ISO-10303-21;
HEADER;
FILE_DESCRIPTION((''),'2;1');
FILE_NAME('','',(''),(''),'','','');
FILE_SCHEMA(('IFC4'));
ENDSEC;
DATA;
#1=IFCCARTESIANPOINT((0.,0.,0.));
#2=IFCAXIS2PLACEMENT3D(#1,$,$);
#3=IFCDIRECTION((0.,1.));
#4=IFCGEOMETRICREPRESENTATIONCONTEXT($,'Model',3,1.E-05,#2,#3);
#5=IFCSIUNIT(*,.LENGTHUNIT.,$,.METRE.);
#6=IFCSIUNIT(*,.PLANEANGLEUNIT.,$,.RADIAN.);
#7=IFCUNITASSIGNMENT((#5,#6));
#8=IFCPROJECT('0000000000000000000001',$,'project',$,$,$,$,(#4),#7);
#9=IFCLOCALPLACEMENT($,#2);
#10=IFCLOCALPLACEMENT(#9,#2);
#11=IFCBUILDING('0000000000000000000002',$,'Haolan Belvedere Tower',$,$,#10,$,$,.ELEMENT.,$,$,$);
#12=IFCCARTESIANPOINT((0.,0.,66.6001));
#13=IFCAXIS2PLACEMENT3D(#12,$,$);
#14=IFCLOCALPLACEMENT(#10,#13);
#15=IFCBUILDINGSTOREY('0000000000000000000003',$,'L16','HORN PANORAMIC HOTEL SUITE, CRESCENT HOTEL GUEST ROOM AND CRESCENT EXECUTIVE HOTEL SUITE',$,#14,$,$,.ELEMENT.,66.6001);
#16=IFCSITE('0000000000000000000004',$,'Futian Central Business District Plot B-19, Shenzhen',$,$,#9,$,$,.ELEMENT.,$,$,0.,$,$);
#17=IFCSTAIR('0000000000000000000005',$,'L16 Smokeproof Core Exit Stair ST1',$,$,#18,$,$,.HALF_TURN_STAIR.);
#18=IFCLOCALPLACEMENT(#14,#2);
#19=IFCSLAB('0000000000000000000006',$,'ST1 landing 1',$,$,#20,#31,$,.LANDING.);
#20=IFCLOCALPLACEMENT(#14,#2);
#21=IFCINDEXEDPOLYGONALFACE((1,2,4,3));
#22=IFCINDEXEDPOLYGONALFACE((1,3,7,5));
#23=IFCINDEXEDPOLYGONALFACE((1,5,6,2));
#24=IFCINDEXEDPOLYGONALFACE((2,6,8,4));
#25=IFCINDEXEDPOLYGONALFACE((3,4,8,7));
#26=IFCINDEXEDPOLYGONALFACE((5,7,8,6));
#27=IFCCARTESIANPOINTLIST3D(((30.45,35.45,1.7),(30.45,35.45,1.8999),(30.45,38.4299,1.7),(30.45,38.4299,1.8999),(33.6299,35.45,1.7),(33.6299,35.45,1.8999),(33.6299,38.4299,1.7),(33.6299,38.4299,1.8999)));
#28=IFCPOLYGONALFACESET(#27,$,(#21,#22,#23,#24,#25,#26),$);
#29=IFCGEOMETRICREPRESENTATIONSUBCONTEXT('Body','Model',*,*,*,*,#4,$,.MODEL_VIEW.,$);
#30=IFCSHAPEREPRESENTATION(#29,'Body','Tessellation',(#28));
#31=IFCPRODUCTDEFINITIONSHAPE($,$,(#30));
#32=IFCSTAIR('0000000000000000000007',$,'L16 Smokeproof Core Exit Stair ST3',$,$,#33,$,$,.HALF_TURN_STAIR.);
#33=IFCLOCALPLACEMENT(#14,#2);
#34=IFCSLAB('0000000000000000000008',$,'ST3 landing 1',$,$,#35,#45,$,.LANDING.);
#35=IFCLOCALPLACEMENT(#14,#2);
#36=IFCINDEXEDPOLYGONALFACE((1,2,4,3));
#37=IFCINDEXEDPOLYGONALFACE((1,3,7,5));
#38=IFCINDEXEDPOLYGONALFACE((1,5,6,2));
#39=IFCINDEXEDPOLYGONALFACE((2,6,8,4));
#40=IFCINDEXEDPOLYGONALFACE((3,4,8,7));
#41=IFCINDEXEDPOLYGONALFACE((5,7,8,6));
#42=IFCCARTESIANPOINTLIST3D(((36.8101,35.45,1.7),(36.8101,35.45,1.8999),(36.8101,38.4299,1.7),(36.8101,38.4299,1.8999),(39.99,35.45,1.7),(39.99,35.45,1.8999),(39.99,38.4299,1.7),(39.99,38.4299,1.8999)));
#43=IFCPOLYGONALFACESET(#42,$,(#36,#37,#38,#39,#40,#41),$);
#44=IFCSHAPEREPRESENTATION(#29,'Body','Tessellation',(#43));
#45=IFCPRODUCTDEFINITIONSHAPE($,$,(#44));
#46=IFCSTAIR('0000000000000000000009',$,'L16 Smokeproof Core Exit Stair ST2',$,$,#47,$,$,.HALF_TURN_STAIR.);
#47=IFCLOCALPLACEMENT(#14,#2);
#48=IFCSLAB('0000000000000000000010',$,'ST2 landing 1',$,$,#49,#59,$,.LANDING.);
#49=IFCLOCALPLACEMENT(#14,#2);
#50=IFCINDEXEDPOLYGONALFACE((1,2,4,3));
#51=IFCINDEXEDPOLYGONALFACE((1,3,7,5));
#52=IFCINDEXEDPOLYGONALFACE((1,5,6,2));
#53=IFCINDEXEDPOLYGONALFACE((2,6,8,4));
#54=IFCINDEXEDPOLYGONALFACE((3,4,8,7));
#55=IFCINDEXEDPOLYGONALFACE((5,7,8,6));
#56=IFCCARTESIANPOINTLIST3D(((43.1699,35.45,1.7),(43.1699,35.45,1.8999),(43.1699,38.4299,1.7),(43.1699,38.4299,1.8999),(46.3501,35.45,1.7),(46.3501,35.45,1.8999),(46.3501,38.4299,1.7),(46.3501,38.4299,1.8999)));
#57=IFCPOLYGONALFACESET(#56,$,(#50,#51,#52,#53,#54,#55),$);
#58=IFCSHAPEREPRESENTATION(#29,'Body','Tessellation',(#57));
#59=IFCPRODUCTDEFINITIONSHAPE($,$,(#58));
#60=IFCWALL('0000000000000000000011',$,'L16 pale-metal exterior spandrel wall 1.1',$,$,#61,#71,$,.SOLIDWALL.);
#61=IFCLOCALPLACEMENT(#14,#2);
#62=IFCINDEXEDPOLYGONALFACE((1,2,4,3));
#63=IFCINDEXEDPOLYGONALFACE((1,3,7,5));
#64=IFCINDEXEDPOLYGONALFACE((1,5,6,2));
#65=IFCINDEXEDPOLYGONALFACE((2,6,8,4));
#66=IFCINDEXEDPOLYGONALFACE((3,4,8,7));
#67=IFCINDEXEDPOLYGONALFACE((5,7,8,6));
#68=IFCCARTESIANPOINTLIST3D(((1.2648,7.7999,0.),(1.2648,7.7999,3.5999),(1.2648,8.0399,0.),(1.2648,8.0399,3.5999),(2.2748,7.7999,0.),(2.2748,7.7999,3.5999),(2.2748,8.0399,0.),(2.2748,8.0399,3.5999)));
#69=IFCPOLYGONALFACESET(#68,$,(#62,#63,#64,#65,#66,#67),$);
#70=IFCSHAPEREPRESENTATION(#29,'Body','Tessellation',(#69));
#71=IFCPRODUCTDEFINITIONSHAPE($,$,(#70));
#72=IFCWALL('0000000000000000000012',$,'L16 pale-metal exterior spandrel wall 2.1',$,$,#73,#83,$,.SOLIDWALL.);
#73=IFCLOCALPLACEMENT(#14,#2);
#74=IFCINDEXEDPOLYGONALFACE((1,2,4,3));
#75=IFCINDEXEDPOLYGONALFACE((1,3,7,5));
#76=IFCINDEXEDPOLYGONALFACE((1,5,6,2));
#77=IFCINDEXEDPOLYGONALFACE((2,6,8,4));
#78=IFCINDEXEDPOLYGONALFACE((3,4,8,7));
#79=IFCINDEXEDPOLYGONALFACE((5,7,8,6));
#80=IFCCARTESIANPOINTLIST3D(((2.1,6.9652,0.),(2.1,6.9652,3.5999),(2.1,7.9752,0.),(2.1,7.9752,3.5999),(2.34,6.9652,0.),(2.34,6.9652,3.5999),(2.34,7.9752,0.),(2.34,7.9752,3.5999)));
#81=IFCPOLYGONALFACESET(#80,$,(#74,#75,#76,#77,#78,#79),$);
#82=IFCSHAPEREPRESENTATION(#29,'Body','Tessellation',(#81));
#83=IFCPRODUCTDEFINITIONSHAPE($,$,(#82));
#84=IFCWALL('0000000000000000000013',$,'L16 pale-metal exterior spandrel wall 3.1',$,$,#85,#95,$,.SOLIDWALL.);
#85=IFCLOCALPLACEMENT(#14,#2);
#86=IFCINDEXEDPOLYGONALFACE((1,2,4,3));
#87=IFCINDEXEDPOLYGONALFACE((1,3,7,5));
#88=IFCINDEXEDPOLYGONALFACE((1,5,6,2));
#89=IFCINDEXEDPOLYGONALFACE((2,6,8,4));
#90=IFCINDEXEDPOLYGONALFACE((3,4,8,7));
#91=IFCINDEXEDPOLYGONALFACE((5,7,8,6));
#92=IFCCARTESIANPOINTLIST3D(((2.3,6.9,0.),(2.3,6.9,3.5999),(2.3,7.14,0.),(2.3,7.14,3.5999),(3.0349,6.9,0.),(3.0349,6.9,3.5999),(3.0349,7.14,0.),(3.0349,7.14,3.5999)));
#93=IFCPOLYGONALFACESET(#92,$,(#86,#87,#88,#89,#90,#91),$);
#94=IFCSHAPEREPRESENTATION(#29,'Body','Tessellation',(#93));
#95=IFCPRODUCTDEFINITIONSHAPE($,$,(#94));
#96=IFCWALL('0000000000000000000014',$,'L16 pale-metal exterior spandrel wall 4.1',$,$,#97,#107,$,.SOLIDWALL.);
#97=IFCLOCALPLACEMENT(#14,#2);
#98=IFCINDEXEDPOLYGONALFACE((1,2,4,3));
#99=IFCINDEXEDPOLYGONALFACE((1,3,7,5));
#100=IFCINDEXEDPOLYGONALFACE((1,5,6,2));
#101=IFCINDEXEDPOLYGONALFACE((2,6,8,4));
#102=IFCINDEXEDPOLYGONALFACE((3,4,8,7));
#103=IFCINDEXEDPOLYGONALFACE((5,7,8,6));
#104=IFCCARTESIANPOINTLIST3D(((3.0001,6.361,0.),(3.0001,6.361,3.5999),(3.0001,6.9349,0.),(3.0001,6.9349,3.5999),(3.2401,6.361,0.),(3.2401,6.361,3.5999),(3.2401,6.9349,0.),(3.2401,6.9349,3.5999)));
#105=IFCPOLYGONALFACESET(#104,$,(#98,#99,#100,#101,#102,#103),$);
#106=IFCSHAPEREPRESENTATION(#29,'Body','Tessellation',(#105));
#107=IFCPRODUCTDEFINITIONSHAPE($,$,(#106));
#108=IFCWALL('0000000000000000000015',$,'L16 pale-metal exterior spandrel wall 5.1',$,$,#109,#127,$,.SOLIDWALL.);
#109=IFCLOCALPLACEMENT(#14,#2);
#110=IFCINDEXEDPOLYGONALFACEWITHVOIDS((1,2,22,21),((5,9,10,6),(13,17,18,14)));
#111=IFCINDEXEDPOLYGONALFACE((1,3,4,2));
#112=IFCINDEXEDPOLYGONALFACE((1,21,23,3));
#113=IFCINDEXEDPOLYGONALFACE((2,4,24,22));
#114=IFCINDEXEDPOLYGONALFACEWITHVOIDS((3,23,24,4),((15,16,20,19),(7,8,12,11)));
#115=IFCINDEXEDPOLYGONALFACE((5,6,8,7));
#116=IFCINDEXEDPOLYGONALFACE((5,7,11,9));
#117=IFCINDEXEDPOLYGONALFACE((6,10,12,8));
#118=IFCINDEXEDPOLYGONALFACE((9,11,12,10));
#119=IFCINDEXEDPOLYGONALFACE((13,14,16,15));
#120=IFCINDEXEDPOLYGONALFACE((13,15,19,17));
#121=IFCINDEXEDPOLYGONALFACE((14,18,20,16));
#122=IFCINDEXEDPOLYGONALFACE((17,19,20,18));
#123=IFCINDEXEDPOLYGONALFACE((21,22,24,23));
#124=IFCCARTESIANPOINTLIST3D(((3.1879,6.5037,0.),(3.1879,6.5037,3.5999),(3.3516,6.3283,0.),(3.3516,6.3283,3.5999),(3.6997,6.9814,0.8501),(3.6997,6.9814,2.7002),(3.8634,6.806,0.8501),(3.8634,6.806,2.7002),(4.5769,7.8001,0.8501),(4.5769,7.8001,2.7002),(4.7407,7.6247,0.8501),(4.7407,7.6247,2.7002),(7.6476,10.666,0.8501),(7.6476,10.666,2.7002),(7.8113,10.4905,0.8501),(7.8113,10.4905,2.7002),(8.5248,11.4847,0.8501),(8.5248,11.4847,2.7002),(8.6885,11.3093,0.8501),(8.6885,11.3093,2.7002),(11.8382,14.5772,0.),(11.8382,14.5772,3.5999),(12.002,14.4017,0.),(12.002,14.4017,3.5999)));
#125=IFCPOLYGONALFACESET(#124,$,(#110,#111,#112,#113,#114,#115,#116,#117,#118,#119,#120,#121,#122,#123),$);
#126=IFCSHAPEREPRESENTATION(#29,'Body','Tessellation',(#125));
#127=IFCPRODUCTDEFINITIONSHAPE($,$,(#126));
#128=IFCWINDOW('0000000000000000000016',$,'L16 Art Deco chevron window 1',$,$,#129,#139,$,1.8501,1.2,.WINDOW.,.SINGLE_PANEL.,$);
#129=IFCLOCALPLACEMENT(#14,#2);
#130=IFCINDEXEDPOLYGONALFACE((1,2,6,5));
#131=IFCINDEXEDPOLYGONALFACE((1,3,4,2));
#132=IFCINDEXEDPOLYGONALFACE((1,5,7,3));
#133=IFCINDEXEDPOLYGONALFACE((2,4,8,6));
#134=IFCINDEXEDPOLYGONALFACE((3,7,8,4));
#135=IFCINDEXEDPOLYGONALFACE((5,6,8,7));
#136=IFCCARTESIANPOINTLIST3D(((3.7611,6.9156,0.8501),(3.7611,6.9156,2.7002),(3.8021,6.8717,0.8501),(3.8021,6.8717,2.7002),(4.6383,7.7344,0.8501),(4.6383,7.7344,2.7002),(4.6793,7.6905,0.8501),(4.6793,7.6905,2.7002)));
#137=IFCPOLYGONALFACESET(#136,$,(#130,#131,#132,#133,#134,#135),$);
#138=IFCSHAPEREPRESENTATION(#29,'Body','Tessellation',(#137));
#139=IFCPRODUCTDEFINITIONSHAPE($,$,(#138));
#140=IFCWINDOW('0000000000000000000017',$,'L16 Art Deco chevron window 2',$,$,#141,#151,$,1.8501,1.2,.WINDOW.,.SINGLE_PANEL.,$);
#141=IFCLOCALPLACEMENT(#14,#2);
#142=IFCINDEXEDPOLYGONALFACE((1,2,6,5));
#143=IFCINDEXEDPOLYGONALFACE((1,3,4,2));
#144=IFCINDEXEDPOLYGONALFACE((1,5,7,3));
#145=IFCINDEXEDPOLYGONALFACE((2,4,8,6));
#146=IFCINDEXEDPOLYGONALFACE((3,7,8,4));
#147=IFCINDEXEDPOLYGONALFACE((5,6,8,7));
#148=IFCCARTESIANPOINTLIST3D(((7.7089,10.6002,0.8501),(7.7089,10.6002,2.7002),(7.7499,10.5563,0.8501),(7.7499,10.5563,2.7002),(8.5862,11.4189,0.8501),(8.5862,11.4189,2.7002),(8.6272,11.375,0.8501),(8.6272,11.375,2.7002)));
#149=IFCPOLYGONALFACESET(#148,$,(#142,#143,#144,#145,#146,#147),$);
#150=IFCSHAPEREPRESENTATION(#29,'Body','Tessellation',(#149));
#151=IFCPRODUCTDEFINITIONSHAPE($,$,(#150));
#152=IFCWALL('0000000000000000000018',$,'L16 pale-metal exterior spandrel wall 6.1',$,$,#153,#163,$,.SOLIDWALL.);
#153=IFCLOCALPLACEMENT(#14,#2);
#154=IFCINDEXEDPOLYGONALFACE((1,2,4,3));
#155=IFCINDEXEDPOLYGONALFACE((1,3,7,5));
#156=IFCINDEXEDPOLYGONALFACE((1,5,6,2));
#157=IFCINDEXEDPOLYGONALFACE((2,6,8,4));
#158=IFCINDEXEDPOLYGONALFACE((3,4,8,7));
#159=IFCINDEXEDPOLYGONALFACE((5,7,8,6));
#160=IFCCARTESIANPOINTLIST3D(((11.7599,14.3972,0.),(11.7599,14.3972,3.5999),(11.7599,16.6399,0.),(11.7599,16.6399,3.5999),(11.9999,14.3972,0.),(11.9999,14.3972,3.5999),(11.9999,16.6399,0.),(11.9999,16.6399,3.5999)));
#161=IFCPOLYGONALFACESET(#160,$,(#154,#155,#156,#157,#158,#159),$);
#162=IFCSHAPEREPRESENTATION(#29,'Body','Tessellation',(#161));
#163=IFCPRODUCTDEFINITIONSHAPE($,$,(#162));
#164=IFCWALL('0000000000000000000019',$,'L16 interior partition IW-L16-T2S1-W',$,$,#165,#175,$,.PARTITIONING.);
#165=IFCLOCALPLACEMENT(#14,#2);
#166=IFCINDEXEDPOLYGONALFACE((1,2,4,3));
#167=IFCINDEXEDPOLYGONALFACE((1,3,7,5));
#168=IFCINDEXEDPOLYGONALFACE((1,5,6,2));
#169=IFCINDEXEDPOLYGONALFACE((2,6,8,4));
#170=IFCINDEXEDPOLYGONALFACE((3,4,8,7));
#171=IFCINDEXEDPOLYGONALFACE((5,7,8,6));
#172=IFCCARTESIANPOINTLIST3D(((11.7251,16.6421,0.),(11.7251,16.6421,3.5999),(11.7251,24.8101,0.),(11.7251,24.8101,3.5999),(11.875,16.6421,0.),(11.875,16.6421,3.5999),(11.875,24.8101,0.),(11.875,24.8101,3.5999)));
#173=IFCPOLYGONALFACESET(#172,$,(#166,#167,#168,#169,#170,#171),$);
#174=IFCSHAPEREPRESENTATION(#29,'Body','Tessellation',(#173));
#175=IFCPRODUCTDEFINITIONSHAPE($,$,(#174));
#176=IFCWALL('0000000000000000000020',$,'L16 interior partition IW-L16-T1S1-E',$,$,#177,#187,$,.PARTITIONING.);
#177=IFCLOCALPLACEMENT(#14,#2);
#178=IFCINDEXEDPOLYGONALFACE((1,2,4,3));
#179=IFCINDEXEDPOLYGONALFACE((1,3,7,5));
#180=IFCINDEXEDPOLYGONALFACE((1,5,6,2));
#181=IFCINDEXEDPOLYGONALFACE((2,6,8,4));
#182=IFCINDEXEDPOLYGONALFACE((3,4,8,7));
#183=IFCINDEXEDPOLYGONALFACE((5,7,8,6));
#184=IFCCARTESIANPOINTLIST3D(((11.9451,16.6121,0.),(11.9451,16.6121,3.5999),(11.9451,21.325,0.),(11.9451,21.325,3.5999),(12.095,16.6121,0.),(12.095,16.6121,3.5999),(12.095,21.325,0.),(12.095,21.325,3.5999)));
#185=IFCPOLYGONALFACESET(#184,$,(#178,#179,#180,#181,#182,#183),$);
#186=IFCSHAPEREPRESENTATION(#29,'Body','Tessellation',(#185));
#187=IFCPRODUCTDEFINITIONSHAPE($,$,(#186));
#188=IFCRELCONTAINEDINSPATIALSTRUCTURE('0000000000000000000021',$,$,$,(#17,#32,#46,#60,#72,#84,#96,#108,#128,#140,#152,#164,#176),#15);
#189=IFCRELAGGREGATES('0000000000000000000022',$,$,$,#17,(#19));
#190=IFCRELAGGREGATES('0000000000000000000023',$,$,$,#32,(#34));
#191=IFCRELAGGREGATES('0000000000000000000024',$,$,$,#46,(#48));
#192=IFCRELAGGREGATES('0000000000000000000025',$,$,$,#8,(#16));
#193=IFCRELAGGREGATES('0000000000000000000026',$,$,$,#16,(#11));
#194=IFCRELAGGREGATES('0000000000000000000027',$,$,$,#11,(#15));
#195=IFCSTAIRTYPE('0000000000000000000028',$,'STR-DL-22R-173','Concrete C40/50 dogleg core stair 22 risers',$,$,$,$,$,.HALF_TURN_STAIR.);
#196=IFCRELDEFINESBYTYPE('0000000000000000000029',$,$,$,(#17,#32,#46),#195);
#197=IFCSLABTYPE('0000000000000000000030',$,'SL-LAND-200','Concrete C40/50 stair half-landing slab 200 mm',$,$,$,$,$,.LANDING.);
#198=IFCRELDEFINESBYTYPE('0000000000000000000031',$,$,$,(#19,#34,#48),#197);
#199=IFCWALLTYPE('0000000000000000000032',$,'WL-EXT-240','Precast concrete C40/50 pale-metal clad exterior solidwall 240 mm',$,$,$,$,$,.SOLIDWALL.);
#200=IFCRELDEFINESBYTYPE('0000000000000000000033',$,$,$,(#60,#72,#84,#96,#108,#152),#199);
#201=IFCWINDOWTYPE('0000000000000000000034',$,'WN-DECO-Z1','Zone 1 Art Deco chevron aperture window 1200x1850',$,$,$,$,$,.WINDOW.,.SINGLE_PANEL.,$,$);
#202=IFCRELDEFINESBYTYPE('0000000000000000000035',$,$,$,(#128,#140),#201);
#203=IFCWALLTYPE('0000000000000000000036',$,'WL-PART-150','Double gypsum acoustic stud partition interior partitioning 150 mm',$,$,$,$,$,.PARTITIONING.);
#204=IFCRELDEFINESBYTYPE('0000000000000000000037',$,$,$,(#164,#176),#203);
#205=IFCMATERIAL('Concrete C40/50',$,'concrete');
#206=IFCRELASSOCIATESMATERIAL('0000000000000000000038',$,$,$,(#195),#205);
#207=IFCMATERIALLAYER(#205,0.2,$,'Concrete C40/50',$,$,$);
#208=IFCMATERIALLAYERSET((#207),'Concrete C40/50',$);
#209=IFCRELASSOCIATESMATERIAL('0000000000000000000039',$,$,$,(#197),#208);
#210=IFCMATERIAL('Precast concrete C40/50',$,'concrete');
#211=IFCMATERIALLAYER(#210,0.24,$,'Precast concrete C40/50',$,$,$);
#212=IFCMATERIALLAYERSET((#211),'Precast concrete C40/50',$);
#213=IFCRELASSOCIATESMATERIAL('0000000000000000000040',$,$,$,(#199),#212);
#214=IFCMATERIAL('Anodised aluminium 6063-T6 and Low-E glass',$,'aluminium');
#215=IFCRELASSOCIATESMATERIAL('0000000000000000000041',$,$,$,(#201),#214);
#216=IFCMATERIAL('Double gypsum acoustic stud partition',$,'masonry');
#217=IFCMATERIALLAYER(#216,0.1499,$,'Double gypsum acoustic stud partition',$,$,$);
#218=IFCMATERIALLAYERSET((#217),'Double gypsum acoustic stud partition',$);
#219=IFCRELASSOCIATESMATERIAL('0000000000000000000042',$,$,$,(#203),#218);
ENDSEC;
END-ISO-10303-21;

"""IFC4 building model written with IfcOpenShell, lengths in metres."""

from ifc_helpers import new_model, si_unit, direction, frame, frame_2d, origin, place, context, subcontext, project, spatial, polyline, rectangle, outline, extrude, material, layer, layer_set, type_object, element, fill, aggregate, save


model = new_model("IFC4")

# Units and contexts
model_context = context("Model", 3, precision=1e-05, world=origin(), true_north=direction((0.0, 1.0)))
body_context = subcontext(model_context, "Body", "Model", "MODEL_VIEW")
ifc_project = project(units=[si_unit("LENGTHUNIT", "METRE"), si_unit("PLANEANGLEUNIT", "RADIAN")], contexts=[model_context])

# Site, building, storey
site_placement = place(None, origin())
site = spatial("IfcSite", under=ifc_project, at=site_placement, Name="Futian Central Business District Plot B-19, Shenzhen", CompositionType="ELEMENT", RefElevation=0.0)
building_placement = place(site_placement, origin())
building = spatial("IfcBuilding", under=site, at=building_placement, Name="Haolan Belvedere Tower", CompositionType="ELEMENT")
storey_placement = place(building_placement, frame((0.0, 0.0, 66.6001)))
storey = spatial("IfcBuildingStorey", under=building, at=storey_placement, Name="L16", Description="HORN PANORAMIC HOTEL SUITE, CRESCENT HOTEL GUEST ROOM AND CRESCENT EXECUTIVE HOTEL SUITE", CompositionType="ELEMENT", Elevation=66.6001)

# Shared definitions
ifc_material_1 = material(Name="Concrete C40/50", Category="concrete")

# Stairs, slabs
stair_type = type_object("IfcStairType", Name="STR-DL-22R-173", Description="Concrete C40/50 dogleg core stair 22 risers", PredefinedType="HALF_TURN_STAIR", material=ifc_material_1)
stair_1_placement = place(storey_placement, origin())
stair_1 = element("IfcStair", 1, at=stair_1_placement, inside=storey, type_object=stair_type, Name="L16 Smokeproof Core Exit Stair ST1", PredefinedType="HALF_TURN_STAIR")
ifc_layer_1 = layer(ifc_material_1, 0.2, Name="Concrete C40/50")
ifc_layer_set_1 = layer_set([ifc_layer_1], Name="Concrete C40/50")
slab_type_1 = type_object("IfcSlabType", Name="SL-LAND-200", Description="Concrete C40/50 stair half-landing slab 200 mm", PredefinedType="LANDING", material=ifc_layer_set_1)
slab_1_placement = place(storey_placement, frame((0.0, 0.0, 1.7)))
slab_1 = element("IfcSlab", 2, at=slab_1_placement, type_object=slab_type_1, Name="ST1 landing 1", PredefinedType="LANDING", context=body_context, shape_type="SweptSolid", body=[
    extrude(outline(polyline([(30.45, 38.4299), (30.45, 35.45), (33.6299, 35.45), (33.6299, 38.4299), (30.45, 38.4299)])), origin(), (0.0, 0.0, 1.0), 0.2),
])
aggregate(stair_1, [slab_1])
stair_2_placement = place(storey_placement, origin())
stair_2 = element("IfcStair", 3, at=stair_2_placement, inside=storey, type_object=stair_type, Name="L16 Smokeproof Core Exit Stair ST3", PredefinedType="HALF_TURN_STAIR")
slab_2_placement = place(storey_placement, frame((0.0, 0.0, 1.7)))
slab_2 = element("IfcSlab", 4, at=slab_2_placement, type_object=slab_type_1, Name="ST3 landing 1", PredefinedType="LANDING", context=body_context, shape_type="SweptSolid", body=[
    extrude(outline(polyline([(36.8101, 38.4299), (36.8101, 35.45), (39.99, 35.45), (39.99, 38.4299), (36.8101, 38.4299)])), origin(), (0.0, 0.0, 1.0), 0.2),
])
aggregate(stair_2, [slab_2])
stair_3_placement = place(storey_placement, origin())
stair_3 = element("IfcStair", 5, at=stair_3_placement, inside=storey, type_object=stair_type, Name="L16 Smokeproof Core Exit Stair ST2", PredefinedType="HALF_TURN_STAIR")
slab_3_placement = place(storey_placement, frame((0.0, 0.0, 1.7)))
slab_3 = element("IfcSlab", 6, at=slab_3_placement, type_object=slab_type_1, Name="ST2 landing 1", PredefinedType="LANDING", context=body_context, shape_type="SweptSolid", body=[
    extrude(outline(polyline([(43.1699, 38.4299), (43.1699, 35.45), (46.3501, 35.45), (46.3501, 38.4299), (43.1699, 38.4299)])), origin(), (0.0, 0.0, 1.0), 0.2),
])
aggregate(stair_3, [slab_3])

# Walls
ifc_material_2 = material(Name="Precast concrete C40/50", Category="concrete")
ifc_layer_2 = layer(ifc_material_2, 0.24, Name="Precast concrete C40/50")
ifc_layer_set_2 = layer_set([ifc_layer_2], Name="Precast concrete C40/50")
wall_type_1 = type_object("IfcWallType", Name="WL-EXT-240", Description="Precast concrete C40/50 pale-metal clad exterior solidwall 240 mm", PredefinedType="SOLIDWALL", material=ifc_layer_set_2)
for number, where, z_axis, x_axis, name in (
    (7, (1.2649, 7.9199, 0.0), (0.0, 0.0, 1.0), (1.0, 0.0, 0.0), "L16 pale-metal exterior spandrel wall 1.1"),
    (8, (2.22, 7.9751, 0.0), (0.0, 0.0, 1.0), (0.0, -1.0, 0.0), "L16 pale-metal exterior spandrel wall 2.1"),
):
    element("IfcWall", number, at=place(storey_placement, frame(where, z_axis=z_axis, x_axis=x_axis)), inside=storey, type_object=wall_type_1, Name=name, PredefinedType="SOLIDWALL", context=body_context, shape_type="SweptSolid", body=[
        extrude(rectangle(XDim=1.01, YDim=0.24, at=frame_2d((0.5049, 0.0))), origin(), (0.0, 0.0, 1.0), 3.5999),
    ])
wall_1_placement = place(storey_placement, frame((2.3, 7.02, 0.0), z_axis=(0.0, 0.0, 1.0), x_axis=(1.0, 0.0, 0.0)))
element("IfcWall", 9, at=wall_1_placement, inside=storey, type_object=wall_type_1, Name="L16 pale-metal exterior spandrel wall 3.1", PredefinedType="SOLIDWALL", context=body_context, shape_type="SweptSolid", body=[
    extrude(rectangle(XDim=0.7349, YDim=0.24, at=frame_2d((0.3674, 0.0))), origin(), (0.0, 0.0, 1.0), 3.5999),
])
wall_2_placement = place(storey_placement, frame((3.1201, 6.9351, 0.0), z_axis=(0.0, 0.0, 1.0), x_axis=(0.0, -1.0, 0.0)))
element("IfcWall", 10, at=wall_2_placement, inside=storey, type_object=wall_type_1, Name="L16 pale-metal exterior spandrel wall 4.1", PredefinedType="SOLIDWALL", context=body_context, shape_type="SweptSolid", body=[
    extrude(rectangle(XDim=0.574, YDim=0.24, at=frame_2d((0.2871, 0.0))), origin(), (0.0, 0.0, 1.0), 3.5999),
])

# Wall, openings, windows
wall_3_placement = place(storey_placement, frame((3.2698, 6.416, 0.0), z_axis=(0.0, 0.0, 1.0), x_axis=(0.731064, 0.682309, 0.0)))
wall_3 = element("IfcWall", 11, at=wall_3_placement, inside=storey, type_object=wall_type_1, Name="L16 pale-metal exterior spandrel wall 5.1", PredefinedType="SOLIDWALL", context=body_context, shape_type="SweptSolid", body=[
    extrude(rectangle(XDim=11.8325, YDim=0.24, at=frame_2d((5.9163, 0.0))), origin(), (0.0, 0.0, 1.0), 3.5999),
])
opening_1_placement = place(wall_3_placement, frame((0.7, 0.0, 0.8501)))
opening_1 = element("IfcOpeningElement", 12, at=opening_1_placement, cuts=wall_3, PredefinedType="OPENING", context=body_context, shape_type="SweptSolid", body=[
    extrude(rectangle(XDim=1.2, YDim=1.8501, at=frame_2d((0.6001, 0.925))), frame((0.0, 0.1299, 0.0), z_axis=(0.0, -1.0, 0.0), x_axis=(1.0, 0.0, 0.0)), (0.0, 0.0, 1.0), 0.26),
])
opening_2_placement = place(wall_3_placement, frame((6.1001, 0.0, 0.8501)))
opening_2 = element("IfcOpeningElement", 13, at=opening_2_placement, cuts=wall_3, PredefinedType="OPENING", context=body_context, shape_type="SweptSolid", body=[
    extrude(rectangle(XDim=1.2, YDim=1.8501, at=frame_2d((0.6001, 0.925))), frame((0.0, 0.1299, 0.0), z_axis=(0.0, -1.0, 0.0), x_axis=(1.0, 0.0, 0.0)), (0.0, 0.0, 1.0), 0.26),
])
ifc_material_3 = material(Name="Anodised aluminium 6063-T6 and Low-E glass", Category="aluminium")
window_type = type_object("IfcWindowType", Name="WN-DECO-Z1", Description="Zone 1 Art Deco chevron aperture window 1200x1850", PartitioningType="SINGLE_PANEL", PredefinedType="WINDOW", material=ifc_material_3)
window_1_placement = place(opening_1_placement, origin())
window_1 = element("IfcWindow", 14, at=window_1_placement, inside=storey, type_object=window_type, Name="L16 Art Deco chevron window 1", OverallHeight=1.8501, OverallWidth=1.2, PartitioningType="SINGLE_PANEL", PredefinedType="WINDOW", context=body_context, shape_type="SweptSolid", body=[
    extrude(rectangle(XDim=1.2, YDim=1.8501, at=frame_2d((0.6001, 0.925))), frame((0.0, 0.03, 0.0), z_axis=(0.0, -1.0, 0.0), x_axis=(1.0, 0.0, 0.0)), (0.0, 0.0, 1.0), 0.0601),
])
fill(opening_1, window_1)
window_2_placement = place(opening_2_placement, origin())
window_2 = element("IfcWindow", 15, at=window_2_placement, inside=storey, type_object=window_type, Name="L16 Art Deco chevron window 2", OverallHeight=1.8501, OverallWidth=1.2, PartitioningType="SINGLE_PANEL", PredefinedType="WINDOW", context=body_context, shape_type="SweptSolid", body=[
    extrude(rectangle(XDim=1.2, YDim=1.8501, at=frame_2d((0.6001, 0.925))), frame((0.0, 0.03, 0.0), z_axis=(0.0, -1.0, 0.0), x_axis=(1.0, 0.0, 0.0)), (0.0, 0.0, 1.0), 0.0601),
])
fill(opening_2, window_2)

# Walls
wall_4_placement = place(storey_placement, frame((11.8799, 14.3972, 0.0), z_axis=(0.0, 0.0, 1.0), x_axis=(0.0, 1.0, 0.0)))
element("IfcWall", 16, at=wall_4_placement, inside=storey, type_object=wall_type_1, Name="L16 pale-metal exterior spandrel wall 6.1", PredefinedType="SOLIDWALL", context=body_context, shape_type="SweptSolid", body=[
    extrude(rectangle(XDim=2.2427, YDim=0.24, at=frame_2d((1.1213, 0.0))), origin(), (0.0, 0.0, 1.0), 3.5999),
])
ifc_material_4 = material(Name="Double gypsum acoustic stud partition", Category="masonry")
ifc_layer_3 = layer(ifc_material_4, 0.1499, Name="Double gypsum acoustic stud partition")
ifc_layer_set_3 = layer_set([ifc_layer_3], Name="Double gypsum acoustic stud partition")
wall_type_2 = type_object("IfcWallType", Name="WL-PART-150", Description="Double gypsum acoustic stud partition interior partitioning 150 mm", PredefinedType="PARTITIONING", material=ifc_layer_set_3)
wall_5_placement = place(storey_placement, frame((11.8, 16.6421, 0.0), z_axis=(0.0, 0.0, 1.0), x_axis=(0.0, 1.0, 0.0)))
element("IfcWall", 17, at=wall_5_placement, inside=storey, type_object=wall_type_2, Name="L16 interior partition IW-L16-T2S1-W", PredefinedType="PARTITIONING", context=body_context, shape_type="SweptSolid", body=[
    extrude(rectangle(XDim=8.168, YDim=0.1499, at=frame_2d((4.084, 0.0))), origin(), (0.0, 0.0, 1.0), 3.5999),
])
wall_6_placement = place(storey_placement, frame((12.02, 16.6121, 0.0), z_axis=(0.0, 0.0, 1.0), x_axis=(0.0, 1.0, 0.0)))
element("IfcWall", 18, at=wall_6_placement, inside=storey, type_object=wall_type_2, Name="L16 interior partition IW-L16-T1S1-E", PredefinedType="PARTITIONING", context=body_context, shape_type="SweptSolid", body=[
    extrude(rectangle(XDim=4.7129, YDim=0.1499, at=frame_2d((2.3564, 0.0))), origin(), (0.0, 0.0, 1.0), 3.5999),
])

save(model, "model.ifc")
